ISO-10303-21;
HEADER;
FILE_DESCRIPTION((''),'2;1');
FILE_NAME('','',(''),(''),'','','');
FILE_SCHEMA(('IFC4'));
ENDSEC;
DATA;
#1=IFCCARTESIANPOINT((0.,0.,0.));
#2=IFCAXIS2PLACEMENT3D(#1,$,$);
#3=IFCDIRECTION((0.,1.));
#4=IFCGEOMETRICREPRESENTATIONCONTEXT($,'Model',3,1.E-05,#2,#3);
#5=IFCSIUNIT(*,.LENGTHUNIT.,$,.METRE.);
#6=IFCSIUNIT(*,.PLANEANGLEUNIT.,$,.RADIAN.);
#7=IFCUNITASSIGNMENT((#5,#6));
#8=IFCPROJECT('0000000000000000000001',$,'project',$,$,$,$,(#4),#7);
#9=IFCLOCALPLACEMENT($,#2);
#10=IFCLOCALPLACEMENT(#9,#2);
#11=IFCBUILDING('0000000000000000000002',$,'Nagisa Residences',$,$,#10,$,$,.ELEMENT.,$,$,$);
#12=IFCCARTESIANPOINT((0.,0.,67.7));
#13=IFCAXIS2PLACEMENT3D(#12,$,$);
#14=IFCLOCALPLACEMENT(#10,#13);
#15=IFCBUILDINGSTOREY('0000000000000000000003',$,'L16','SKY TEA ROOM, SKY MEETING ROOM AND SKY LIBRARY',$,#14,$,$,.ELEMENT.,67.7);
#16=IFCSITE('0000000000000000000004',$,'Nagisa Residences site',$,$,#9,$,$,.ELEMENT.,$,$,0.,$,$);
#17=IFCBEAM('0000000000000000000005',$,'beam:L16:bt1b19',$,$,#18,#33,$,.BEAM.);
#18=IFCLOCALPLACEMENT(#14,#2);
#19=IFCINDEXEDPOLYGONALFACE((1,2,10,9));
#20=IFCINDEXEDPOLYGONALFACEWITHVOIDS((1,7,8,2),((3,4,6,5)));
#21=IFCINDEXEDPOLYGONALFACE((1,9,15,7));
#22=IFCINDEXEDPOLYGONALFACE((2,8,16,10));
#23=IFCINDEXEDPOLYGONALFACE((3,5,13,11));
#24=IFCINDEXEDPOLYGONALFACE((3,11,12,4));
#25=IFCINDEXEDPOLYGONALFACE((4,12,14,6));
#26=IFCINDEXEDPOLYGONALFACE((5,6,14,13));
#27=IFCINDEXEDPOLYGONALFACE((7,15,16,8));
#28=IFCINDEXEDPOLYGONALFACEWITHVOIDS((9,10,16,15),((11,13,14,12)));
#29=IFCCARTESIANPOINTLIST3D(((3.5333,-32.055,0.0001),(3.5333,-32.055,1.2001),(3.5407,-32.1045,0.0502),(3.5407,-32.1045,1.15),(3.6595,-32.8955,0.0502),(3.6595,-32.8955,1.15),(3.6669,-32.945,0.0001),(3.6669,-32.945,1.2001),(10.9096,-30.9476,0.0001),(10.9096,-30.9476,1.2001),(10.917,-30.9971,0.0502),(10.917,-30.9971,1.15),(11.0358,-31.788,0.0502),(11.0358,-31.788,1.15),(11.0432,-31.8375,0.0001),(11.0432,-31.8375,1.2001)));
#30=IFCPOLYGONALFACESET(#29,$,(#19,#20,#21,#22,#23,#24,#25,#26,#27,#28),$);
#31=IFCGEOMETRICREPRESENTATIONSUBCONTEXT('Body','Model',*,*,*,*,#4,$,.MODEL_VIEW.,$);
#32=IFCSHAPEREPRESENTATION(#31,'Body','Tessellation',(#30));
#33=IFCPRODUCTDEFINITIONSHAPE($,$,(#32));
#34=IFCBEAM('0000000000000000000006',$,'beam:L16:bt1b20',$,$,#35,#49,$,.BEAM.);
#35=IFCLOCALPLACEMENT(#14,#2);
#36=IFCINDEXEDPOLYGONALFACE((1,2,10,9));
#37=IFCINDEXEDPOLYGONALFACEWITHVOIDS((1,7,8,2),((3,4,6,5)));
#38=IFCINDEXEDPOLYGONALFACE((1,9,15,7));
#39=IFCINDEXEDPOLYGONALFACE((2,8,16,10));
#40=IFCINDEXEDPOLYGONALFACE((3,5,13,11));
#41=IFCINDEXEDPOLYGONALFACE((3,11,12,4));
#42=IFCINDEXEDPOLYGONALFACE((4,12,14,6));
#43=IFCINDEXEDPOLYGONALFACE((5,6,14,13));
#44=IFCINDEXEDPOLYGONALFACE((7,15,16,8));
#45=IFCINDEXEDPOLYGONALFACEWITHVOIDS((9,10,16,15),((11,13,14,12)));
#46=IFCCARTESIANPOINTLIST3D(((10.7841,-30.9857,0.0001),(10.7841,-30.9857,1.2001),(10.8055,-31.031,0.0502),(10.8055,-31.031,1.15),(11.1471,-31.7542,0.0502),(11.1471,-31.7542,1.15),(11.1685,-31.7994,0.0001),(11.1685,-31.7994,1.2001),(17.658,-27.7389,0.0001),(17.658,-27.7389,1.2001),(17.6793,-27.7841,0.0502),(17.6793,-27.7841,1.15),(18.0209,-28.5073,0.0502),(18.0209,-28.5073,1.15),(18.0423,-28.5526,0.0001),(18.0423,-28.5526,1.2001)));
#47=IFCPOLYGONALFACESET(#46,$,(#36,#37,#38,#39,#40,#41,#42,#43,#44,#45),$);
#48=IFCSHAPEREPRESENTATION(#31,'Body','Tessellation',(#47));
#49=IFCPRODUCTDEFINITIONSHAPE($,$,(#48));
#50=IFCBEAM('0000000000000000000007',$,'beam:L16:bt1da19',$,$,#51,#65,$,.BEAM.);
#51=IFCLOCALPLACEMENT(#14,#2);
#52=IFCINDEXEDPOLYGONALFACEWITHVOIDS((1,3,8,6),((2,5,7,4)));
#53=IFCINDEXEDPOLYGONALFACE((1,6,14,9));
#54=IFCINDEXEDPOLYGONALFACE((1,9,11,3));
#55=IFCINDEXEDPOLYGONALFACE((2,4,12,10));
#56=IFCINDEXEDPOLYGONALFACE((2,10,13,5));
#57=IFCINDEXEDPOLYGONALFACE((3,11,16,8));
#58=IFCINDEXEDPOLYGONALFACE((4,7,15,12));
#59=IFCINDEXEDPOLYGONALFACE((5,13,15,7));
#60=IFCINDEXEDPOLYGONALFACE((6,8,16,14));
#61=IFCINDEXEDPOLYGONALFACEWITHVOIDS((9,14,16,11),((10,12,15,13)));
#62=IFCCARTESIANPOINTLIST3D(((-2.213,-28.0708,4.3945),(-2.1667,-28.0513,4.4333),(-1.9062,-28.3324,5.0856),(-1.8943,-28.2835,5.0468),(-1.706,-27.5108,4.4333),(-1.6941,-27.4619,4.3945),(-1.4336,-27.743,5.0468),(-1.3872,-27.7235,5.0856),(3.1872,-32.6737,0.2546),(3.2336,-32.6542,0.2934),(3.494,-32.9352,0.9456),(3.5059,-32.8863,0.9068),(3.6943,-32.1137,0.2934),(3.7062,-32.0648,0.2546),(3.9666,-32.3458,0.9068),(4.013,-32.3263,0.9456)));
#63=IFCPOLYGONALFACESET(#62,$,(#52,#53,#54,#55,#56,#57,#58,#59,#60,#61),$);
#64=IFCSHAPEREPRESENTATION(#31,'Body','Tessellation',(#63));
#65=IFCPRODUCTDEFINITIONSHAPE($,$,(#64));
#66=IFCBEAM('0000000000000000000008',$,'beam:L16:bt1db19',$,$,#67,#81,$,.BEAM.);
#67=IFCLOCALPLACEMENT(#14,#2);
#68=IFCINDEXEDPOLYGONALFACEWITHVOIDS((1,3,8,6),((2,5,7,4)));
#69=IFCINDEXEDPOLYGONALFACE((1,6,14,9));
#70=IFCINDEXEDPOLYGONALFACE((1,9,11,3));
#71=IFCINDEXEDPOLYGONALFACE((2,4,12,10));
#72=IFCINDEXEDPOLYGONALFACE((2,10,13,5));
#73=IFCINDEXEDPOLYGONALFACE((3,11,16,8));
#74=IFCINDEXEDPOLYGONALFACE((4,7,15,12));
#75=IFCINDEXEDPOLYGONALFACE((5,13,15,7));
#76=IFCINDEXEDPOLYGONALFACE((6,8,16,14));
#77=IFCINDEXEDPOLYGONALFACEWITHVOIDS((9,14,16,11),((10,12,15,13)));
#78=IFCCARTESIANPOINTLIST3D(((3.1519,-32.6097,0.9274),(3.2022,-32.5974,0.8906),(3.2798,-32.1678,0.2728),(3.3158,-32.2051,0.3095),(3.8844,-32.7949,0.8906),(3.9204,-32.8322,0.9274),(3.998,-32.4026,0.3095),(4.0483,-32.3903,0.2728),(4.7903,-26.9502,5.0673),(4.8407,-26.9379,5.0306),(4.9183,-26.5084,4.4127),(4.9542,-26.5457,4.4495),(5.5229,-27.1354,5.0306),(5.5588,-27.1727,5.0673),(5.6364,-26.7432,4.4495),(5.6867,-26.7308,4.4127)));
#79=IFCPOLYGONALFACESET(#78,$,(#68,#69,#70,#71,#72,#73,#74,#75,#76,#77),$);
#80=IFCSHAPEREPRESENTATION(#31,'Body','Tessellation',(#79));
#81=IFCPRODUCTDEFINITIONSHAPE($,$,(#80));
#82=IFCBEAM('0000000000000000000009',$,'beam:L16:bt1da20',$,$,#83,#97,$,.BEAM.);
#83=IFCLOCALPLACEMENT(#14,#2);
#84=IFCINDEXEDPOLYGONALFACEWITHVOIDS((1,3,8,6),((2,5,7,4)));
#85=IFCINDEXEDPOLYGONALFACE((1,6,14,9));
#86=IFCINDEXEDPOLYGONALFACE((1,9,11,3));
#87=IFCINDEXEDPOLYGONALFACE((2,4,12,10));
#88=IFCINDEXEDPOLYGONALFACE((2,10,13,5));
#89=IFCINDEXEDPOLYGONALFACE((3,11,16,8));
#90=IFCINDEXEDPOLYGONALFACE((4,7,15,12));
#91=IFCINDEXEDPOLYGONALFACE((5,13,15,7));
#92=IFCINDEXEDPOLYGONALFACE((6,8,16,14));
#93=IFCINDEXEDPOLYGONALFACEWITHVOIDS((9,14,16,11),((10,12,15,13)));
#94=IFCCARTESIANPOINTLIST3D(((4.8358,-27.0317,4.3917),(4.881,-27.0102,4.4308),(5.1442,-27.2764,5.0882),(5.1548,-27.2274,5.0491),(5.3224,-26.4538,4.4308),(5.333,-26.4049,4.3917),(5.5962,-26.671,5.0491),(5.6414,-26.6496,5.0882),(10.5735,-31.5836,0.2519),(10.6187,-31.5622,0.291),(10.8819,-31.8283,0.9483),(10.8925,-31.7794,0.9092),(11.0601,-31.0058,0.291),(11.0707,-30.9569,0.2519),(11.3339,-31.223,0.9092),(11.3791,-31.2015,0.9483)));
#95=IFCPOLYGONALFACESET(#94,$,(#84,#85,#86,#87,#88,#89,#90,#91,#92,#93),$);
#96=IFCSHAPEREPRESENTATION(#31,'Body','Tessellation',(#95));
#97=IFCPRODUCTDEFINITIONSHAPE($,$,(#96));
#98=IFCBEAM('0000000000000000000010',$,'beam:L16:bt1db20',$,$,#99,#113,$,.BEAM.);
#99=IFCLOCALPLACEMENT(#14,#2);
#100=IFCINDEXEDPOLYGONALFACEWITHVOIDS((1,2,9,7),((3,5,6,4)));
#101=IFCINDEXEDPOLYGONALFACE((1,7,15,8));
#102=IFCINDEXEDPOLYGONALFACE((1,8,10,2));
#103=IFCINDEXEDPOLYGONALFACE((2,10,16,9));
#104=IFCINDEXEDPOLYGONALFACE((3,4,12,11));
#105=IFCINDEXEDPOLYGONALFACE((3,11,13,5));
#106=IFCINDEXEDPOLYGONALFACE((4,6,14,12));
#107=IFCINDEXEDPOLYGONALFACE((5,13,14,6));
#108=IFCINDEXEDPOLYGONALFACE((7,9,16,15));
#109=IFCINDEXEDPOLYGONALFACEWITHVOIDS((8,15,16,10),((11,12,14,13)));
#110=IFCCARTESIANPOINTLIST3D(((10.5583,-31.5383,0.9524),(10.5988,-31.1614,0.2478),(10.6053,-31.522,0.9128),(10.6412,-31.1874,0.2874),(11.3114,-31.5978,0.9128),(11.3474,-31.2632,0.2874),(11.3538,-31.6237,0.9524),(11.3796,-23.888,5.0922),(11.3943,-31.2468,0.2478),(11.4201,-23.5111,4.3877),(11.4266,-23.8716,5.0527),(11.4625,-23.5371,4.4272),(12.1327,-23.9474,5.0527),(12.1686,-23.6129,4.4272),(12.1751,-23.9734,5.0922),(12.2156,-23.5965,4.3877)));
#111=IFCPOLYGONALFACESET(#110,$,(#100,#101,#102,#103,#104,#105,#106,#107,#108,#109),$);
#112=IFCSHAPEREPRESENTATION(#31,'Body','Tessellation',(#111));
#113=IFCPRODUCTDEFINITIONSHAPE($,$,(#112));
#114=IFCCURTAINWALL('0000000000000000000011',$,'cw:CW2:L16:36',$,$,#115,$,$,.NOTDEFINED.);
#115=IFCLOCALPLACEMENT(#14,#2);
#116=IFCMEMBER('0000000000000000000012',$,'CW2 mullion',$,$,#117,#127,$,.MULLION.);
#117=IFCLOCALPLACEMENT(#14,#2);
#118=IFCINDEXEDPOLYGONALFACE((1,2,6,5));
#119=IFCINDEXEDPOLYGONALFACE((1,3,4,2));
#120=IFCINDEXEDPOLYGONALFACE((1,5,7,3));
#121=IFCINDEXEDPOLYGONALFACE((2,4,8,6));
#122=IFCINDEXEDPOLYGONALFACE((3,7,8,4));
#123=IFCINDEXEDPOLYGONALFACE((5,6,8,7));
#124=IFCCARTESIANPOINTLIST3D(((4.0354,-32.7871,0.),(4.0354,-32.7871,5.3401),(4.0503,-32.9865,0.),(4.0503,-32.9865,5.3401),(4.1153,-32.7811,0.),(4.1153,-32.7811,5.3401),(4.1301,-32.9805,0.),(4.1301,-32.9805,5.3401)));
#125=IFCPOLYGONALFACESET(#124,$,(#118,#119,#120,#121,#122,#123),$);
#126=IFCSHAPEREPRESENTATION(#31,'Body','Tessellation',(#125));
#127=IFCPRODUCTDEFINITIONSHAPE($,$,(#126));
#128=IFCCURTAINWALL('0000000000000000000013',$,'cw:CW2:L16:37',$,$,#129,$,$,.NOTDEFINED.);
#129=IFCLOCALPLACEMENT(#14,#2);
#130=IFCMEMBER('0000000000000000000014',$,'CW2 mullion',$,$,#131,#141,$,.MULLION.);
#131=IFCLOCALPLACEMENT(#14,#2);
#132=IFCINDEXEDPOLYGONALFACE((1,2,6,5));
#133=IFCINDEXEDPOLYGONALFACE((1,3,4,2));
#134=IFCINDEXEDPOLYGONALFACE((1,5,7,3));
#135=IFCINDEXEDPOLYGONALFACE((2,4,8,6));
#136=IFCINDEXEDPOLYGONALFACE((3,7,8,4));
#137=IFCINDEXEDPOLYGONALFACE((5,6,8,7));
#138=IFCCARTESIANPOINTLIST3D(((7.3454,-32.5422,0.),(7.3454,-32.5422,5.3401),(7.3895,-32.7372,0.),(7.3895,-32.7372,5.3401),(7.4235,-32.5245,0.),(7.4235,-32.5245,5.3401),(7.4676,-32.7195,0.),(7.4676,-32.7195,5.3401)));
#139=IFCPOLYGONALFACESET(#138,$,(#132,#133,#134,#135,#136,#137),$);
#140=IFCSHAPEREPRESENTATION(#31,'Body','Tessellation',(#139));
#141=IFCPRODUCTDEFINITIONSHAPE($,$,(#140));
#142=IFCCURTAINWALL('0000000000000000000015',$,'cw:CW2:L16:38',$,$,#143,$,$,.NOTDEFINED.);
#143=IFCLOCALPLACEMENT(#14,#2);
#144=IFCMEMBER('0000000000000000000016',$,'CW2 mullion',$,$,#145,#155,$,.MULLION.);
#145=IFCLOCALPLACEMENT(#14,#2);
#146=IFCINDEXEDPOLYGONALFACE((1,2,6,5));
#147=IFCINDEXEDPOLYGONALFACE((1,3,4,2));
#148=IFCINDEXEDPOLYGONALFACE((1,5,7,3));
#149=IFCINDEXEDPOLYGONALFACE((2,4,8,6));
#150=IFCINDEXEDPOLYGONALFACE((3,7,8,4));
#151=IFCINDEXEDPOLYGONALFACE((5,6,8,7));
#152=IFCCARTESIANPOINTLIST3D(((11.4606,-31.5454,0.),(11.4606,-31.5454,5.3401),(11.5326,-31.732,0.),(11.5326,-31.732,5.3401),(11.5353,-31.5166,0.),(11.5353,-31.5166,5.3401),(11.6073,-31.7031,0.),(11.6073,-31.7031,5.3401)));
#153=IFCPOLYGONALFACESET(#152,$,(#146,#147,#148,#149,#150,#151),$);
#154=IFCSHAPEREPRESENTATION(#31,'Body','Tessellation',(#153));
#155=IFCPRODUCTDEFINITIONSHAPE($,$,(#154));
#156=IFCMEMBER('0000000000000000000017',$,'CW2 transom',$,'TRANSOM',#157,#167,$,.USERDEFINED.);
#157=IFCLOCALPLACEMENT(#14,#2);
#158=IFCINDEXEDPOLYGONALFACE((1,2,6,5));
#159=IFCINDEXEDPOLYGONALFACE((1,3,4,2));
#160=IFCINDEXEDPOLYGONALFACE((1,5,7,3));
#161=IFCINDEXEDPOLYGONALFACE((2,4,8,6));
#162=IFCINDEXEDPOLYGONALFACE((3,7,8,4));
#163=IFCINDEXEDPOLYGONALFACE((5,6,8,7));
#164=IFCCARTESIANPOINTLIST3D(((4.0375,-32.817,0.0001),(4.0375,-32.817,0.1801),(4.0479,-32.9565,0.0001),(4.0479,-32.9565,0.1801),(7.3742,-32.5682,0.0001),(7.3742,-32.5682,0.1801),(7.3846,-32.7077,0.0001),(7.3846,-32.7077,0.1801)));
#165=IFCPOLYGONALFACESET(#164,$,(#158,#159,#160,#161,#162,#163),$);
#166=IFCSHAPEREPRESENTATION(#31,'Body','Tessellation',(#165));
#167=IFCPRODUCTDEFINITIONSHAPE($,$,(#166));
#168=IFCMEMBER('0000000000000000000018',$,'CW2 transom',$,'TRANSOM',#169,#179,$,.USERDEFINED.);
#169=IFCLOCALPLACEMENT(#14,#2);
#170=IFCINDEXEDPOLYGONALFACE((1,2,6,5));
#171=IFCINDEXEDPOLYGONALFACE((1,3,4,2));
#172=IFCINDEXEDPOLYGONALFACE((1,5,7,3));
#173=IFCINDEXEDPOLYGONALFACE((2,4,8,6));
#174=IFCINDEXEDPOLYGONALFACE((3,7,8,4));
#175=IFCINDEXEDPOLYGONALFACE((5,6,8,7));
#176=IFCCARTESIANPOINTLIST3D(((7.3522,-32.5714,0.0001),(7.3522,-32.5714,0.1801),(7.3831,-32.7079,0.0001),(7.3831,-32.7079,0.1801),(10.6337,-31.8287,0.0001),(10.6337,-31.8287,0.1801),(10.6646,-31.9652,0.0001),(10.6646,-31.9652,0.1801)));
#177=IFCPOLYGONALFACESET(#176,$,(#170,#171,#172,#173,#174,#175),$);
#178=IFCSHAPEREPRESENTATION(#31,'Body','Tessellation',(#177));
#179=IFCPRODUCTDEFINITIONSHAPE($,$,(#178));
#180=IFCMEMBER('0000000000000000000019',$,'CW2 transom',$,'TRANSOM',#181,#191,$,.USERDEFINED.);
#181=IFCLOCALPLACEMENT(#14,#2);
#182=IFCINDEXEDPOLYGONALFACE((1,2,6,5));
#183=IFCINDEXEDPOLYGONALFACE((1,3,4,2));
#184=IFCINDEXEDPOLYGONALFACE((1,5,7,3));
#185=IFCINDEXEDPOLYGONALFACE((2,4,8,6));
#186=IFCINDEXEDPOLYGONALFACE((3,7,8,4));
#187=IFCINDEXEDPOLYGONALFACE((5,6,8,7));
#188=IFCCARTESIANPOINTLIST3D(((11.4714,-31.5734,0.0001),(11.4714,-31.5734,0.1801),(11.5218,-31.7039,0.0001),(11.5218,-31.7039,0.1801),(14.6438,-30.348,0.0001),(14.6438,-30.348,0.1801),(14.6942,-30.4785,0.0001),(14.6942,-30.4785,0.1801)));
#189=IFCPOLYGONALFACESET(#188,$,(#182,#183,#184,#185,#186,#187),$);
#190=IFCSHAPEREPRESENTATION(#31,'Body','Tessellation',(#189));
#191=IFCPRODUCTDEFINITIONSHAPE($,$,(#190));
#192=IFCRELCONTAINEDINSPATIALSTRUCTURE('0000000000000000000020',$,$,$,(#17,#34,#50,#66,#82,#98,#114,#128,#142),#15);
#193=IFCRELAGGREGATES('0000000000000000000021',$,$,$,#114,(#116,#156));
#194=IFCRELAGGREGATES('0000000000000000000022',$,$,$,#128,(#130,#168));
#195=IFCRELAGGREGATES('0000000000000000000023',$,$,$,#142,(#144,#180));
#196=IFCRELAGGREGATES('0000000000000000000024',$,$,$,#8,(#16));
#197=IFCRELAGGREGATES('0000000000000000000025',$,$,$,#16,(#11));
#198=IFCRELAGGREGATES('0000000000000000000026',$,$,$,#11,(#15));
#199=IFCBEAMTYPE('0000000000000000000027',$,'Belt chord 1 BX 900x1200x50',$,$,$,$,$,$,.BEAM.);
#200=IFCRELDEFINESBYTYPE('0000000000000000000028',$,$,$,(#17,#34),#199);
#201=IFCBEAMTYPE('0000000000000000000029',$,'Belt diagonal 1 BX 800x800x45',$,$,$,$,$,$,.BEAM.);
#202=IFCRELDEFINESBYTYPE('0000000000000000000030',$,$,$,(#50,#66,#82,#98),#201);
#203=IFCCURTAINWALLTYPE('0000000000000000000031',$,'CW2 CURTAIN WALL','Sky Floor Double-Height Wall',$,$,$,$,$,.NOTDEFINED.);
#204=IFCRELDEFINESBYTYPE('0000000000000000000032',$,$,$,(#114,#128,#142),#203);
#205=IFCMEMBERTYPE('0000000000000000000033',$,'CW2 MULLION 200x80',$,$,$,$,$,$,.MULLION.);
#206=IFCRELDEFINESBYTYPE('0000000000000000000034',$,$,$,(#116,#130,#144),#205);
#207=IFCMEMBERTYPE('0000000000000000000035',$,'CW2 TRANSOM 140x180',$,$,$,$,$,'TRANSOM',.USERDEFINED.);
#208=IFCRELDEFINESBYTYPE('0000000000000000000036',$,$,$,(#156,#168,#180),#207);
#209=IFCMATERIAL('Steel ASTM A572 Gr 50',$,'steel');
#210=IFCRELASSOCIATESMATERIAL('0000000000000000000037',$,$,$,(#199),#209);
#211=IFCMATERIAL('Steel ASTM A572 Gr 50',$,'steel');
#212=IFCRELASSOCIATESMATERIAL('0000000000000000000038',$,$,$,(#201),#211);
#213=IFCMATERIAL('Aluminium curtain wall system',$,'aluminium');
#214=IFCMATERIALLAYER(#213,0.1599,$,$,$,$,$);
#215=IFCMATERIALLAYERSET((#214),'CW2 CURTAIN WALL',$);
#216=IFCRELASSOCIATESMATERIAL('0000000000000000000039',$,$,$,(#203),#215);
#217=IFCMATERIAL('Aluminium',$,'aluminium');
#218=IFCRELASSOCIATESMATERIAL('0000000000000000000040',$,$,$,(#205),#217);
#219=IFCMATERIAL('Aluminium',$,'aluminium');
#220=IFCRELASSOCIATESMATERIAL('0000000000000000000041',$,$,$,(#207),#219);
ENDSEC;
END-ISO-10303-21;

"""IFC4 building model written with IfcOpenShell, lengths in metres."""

from ifc_helpers import new_model, si_unit, direction, frame, origin, origin_2d, place, context, subcontext, project, spatial, rectangle, hollow_rectangle, extrude, material, layer, layer_set, material_profile, profile_set, type_object, element, aggregate, save


model = new_model("IFC4")

# Units and contexts
model_context = context("Model", 3, precision=1e-05, world=origin(), true_north=direction((0.0, 1.0)))
body_context = subcontext(model_context, "Body", "Model", "MODEL_VIEW")
ifc_project = project(units=[si_unit("LENGTHUNIT", "METRE"), si_unit("PLANEANGLEUNIT", "RADIAN")], contexts=[model_context])

# Site, building, storey
site_placement = place(None, origin())
site = spatial("IfcSite", under=ifc_project, at=site_placement, Name="Nagisa Residences site", CompositionType="ELEMENT", RefElevation=0.0)
building_placement = place(site_placement, origin())
building = spatial("IfcBuilding", under=site, at=building_placement, Name="Nagisa Residences", CompositionType="ELEMENT")
storey_placement = place(building_placement, frame((0.0, 0.0, 67.7)))
storey = spatial("IfcBuildingStorey", under=building, at=storey_placement, Name="L16", Description="SKY TEA ROOM, SKY MEETING ROOM AND SKY LIBRARY", CompositionType="ELEMENT", Elevation=67.7)

# Beams
ifc_material_1 = material(Name="Steel ASTM A572 Gr 50", Category="steel")
ifc_material_profile_1 = material_profile(ifc_material_1, hollow_rectangle(XDim=0.8999, YDim=1.2, WallThickness=0.05, at=origin_2d()), Name="BX 900x1200x50")
ifc_profile_set_1 = profile_set([ifc_material_profile_1], Name="Steel ASTM A572 Gr 50")
beam_type_1 = type_object("IfcBeamType", Name="Belt chord 1 BX 900x1200x50", PredefinedType="BEAM", material=ifc_profile_set_1)
beam_1_placement = place(storey_placement, frame((3.6001, -32.5, 0.6001), z_axis=(0.988917, 0.14847, 0.0), x_axis=(-0.14847, 0.988917, 0.0)))
element("IfcBeam", 1, at=beam_1_placement, inside=storey, type_object=beam_type_1, Name="beam:L16:bt1b19", PredefinedType="BEAM", context=body_context, shape_type="SweptSolid", body=[
    extrude(hollow_rectangle(XDim=0.8999, YDim=1.2, WallThickness=0.05, at=origin_2d()), origin(), (0.0, 0.0, 1.0), 7.459),
])
beam_2_placement = place(storey_placement, frame((10.9763, -31.3926, 0.6001), z_axis=(0.904204, 0.4271, 0.0), x_axis=(-0.4271, 0.904204, 0.0)))
element("IfcBeam", 2, at=beam_2_placement, inside=storey, type_object=beam_type_1, Name="beam:L16:bt1b20", PredefinedType="BEAM", context=body_context, shape_type="SweptSolid", body=[
    extrude(hollow_rectangle(XDim=0.8999, YDim=1.2, WallThickness=0.05, at=origin_2d()), origin(), (0.0, 0.0, 1.0), 7.6021),
])
ifc_material_2 = material(Name="Steel ASTM A572 Gr 50", Category="steel")
ifc_material_profile_2 = material_profile(ifc_material_2, hollow_rectangle(XDim=0.8, YDim=0.8, WallThickness=0.0449, at=origin_2d()), Name="BX 800x800x45")
ifc_profile_set_2 = profile_set([ifc_material_profile_2], Name="Steel ASTM A572 Gr 50")
beam_type_2 = type_object("IfcBeamType", Name="Belt diagonal 1 BX 800x800x45", PredefinedType="BEAM", material=ifc_profile_set_2)
beam_3_placement = place(storey_placement, frame((3.6001, -32.5, 0.6001), z_axis=(-0.657354, 0.560291, 0.503944), x_axis=(-0.648684, -0.761058, 0.0)))
element("IfcBeam", 3, at=beam_3_placement, inside=storey, type_object=beam_type_2, Name="beam:L16:bt1da19", PredefinedType="BEAM", context=body_context, shape_type="SweptSolid", body=[
    extrude(hollow_rectangle(XDim=0.8, YDim=0.8, WallThickness=0.0449, at=origin_2d()), origin(), (0.0, 0.0, 1.0), 8.2151),
])
beam_4_placement = place(storey_placement, frame((3.6001, -32.5, 0.6001), z_axis=(0.227533, 0.785938, 0.574917), x_axis=(-0.960556, 0.278085, 0.0)))
element("IfcBeam", 4, at=beam_4_placement, inside=storey, type_object=beam_type_2, Name="beam:L16:bt1db19", PredefinedType="BEAM", context=body_context, shape_type="SweptSolid", body=[
    extrude(hollow_rectangle(XDim=0.8, YDim=0.8, WallThickness=0.0449, at=origin_2d()), origin(), (0.0, 0.0, 1.0), 7.2009),
])
beam_5_placement = place(storey_placement, frame((10.9763, -31.3926, 0.6001), z_axis=(-0.682, 0.541056, 0.492072), x_axis=(-0.621507, -0.783409, 0.0)))
element("IfcBeam", 5, at=beam_5_placement, inside=storey, type_object=beam_type_2, Name="beam:L16:bt1da20", PredefinedType="BEAM", context=body_context, shape_type="SweptSolid", body=[
    extrude(hollow_rectangle(XDim=0.8, YDim=0.8, WallThickness=0.0449, at=origin_2d()), origin(), (0.0, 0.0, 1.0), 8.4131),
])
beam_6_placement = place(storey_placement, frame((10.9763, -31.3926, 0.6001), z_axis=(0.093997, 0.875594, 0.473814), x_axis=(-0.994287, 0.106739, 0.0)))
element("IfcBeam", 6, at=beam_6_placement, inside=storey, type_object=beam_type_2, Name="beam:L16:bt1db20", PredefinedType="BEAM", context=body_context, shape_type="SweptSolid", body=[
    extrude(hollow_rectangle(XDim=0.8, YDim=0.8, WallThickness=0.0449, at=origin_2d()), origin(), (0.0, 0.0, 1.0), 8.7373),
])

# Curtain walls, members
ifc_material_3 = material(Name="Aluminium curtain wall system", Category="aluminium")
ifc_layer_1 = layer(ifc_material_3, 0.1599)
ifc_layer_set_1 = layer_set([ifc_layer_1], Name="CW2 CURTAIN WALL")
curtain_wall_type = type_object("IfcCurtainWallType", Name="CW2 CURTAIN WALL", Description="Sky Floor Double-Height Wall", PredefinedType="NOTDEFINED", material=ifc_layer_set_1)
curtain_wall_1_placement = place(storey_placement, origin())
curtain_wall_1 = element("IfcCurtainWall", 7, at=curtain_wall_1_placement, inside=storey, type_object=curtain_wall_type, Name="cw:CW2:L16:36", PredefinedType="NOTDEFINED")
ifc_material_4 = material(Name="Aluminium", Category="aluminium")
ifc_material_profile_3 = material_profile(ifc_material_4, rectangle(XDim=0.2, YDim=0.0801, at=origin_2d()), Name="CW2 MULLION 200x80")
ifc_profile_set_3 = profile_set([ifc_material_profile_3], Name="Aluminium")
member_type_1 = type_object("IfcMemberType", Name="CW2 MULLION 200x80", PredefinedType="MULLION", material=ifc_profile_set_3)
member_1_placement = place(storey_placement, frame((4.0828, -32.8838, 0.0), z_axis=(0.0, 0.0, 1.0), x_axis=(-0.074377, 0.99723, 0.0)))
member_1 = element("IfcMember", 8, at=member_1_placement, type_object=member_type_1, Name="CW2 mullion", PredefinedType="MULLION", context=body_context, shape_type="SweptSolid", body=[
    extrude(rectangle(XDim=0.2, YDim=0.0801, at=origin_2d()), origin(), (0.0, 0.0, 1.0), 5.3401),
])
curtain_wall_2_placement = place(storey_placement, origin())
curtain_wall_2 = element("IfcCurtainWall", 9, at=curtain_wall_2_placement, inside=storey, type_object=curtain_wall_type, Name="cw:CW2:L16:37", PredefinedType="NOTDEFINED")
member_2_placement = place(storey_placement, frame((7.4065, -32.6309, 0.0), z_axis=(0.0, 0.0, 1.0), x_axis=(-0.220764, 0.975327, 0.0)))
member_2 = element("IfcMember", 10, at=member_2_placement, type_object=member_type_1, Name="CW2 mullion", PredefinedType="MULLION", context=body_context, shape_type="SweptSolid", body=[
    extrude(rectangle(XDim=0.2, YDim=0.0801, at=origin_2d()), origin(), (0.0, 0.0, 1.0), 5.3401),
])
curtain_wall_3_placement = place(storey_placement, origin())
curtain_wall_3 = element("IfcCurtainWall", 11, at=curtain_wall_3_placement, inside=storey, type_object=curtain_wall_type, Name="cw:CW2:L16:38", PredefinedType="NOTDEFINED")
member_3_placement = place(storey_placement, frame((11.5339, -31.6243, 0.0), z_axis=(0.0, 0.0, 1.0), x_axis=(-0.360328, 0.932826, 0.0)))
member_3 = element("IfcMember", 12, at=member_3_placement, type_object=member_type_1, Name="CW2 mullion", PredefinedType="MULLION", context=body_context, shape_type="SweptSolid", body=[
    extrude(rectangle(XDim=0.2, YDim=0.0801, at=origin_2d()), origin(), (0.0, 0.0, 1.0), 5.3401),
])

# Members
ifc_material_5 = material(Name="Aluminium", Category="aluminium")
ifc_material_profile_4 = material_profile(ifc_material_5, rectangle(XDim=0.1399, YDim=0.1799, at=origin_2d()), Name="CW2 TRANSOM 140x180")
ifc_profile_set_4 = profile_set([ifc_material_profile_4], Name="Aluminium")
member_type_2 = type_object("IfcMemberType", Name="CW2 TRANSOM 140x180", ElementType="TRANSOM", PredefinedType="USERDEFINED", material=ifc_profile_set_4)
member_4_placement = place(storey_placement, frame((4.0427, -32.8867, 0.0901), z_axis=(0.997232, 0.074353, 0.0), x_axis=(-0.074353, 0.997232, 0.0)))
member_4 = element("IfcMember", 13, at=member_4_placement, type_object=member_type_2, Name="CW2 transom", ObjectType="TRANSOM", PredefinedType="USERDEFINED", context=body_context, shape_type="SweptSolid", body=[
    extrude(rectangle(XDim=0.1399, YDim=0.1799, at=origin_2d()), origin(), (0.0, 0.0, 1.0), 3.3459),
])
member_5_placement = place(storey_placement, frame((7.3677, -32.6396, 0.0901), z_axis=(0.975333, 0.22074, 0.0), x_axis=(-0.22074, 0.975333, 0.0)))
member_5 = element("IfcMember", 14, at=member_5_placement, type_object=member_type_2, Name="CW2 transom", ObjectType="TRANSOM", PredefinedType="USERDEFINED", context=body_context, shape_type="SweptSolid", body=[
    extrude(rectangle(XDim=0.1399, YDim=0.1799, at=origin_2d()), origin(), (0.0, 0.0, 1.0), 3.3645),
])
member_6_placement = place(storey_placement, frame((11.4966, -31.6387, 0.0901), z_axis=(0.932832, 0.360311, 0.0), x_axis=(-0.360311, 0.932832, 0.0)))
member_6 = element("IfcMember", 15, at=member_6_placement, type_object=member_type_2, Name="CW2 transom", ObjectType="TRANSOM", PredefinedType="USERDEFINED", context=body_context, shape_type="SweptSolid", body=[
    extrude(rectangle(XDim=0.1399, YDim=0.1799, at=origin_2d()), origin(), (0.0, 0.0, 1.0), 3.4009),
])

aggregate(curtain_wall_1, [member_1, member_4])
aggregate(curtain_wall_2, [member_2, member_5])
aggregate(curtain_wall_3, [member_3, member_6])

save(model, "model.ifc")
